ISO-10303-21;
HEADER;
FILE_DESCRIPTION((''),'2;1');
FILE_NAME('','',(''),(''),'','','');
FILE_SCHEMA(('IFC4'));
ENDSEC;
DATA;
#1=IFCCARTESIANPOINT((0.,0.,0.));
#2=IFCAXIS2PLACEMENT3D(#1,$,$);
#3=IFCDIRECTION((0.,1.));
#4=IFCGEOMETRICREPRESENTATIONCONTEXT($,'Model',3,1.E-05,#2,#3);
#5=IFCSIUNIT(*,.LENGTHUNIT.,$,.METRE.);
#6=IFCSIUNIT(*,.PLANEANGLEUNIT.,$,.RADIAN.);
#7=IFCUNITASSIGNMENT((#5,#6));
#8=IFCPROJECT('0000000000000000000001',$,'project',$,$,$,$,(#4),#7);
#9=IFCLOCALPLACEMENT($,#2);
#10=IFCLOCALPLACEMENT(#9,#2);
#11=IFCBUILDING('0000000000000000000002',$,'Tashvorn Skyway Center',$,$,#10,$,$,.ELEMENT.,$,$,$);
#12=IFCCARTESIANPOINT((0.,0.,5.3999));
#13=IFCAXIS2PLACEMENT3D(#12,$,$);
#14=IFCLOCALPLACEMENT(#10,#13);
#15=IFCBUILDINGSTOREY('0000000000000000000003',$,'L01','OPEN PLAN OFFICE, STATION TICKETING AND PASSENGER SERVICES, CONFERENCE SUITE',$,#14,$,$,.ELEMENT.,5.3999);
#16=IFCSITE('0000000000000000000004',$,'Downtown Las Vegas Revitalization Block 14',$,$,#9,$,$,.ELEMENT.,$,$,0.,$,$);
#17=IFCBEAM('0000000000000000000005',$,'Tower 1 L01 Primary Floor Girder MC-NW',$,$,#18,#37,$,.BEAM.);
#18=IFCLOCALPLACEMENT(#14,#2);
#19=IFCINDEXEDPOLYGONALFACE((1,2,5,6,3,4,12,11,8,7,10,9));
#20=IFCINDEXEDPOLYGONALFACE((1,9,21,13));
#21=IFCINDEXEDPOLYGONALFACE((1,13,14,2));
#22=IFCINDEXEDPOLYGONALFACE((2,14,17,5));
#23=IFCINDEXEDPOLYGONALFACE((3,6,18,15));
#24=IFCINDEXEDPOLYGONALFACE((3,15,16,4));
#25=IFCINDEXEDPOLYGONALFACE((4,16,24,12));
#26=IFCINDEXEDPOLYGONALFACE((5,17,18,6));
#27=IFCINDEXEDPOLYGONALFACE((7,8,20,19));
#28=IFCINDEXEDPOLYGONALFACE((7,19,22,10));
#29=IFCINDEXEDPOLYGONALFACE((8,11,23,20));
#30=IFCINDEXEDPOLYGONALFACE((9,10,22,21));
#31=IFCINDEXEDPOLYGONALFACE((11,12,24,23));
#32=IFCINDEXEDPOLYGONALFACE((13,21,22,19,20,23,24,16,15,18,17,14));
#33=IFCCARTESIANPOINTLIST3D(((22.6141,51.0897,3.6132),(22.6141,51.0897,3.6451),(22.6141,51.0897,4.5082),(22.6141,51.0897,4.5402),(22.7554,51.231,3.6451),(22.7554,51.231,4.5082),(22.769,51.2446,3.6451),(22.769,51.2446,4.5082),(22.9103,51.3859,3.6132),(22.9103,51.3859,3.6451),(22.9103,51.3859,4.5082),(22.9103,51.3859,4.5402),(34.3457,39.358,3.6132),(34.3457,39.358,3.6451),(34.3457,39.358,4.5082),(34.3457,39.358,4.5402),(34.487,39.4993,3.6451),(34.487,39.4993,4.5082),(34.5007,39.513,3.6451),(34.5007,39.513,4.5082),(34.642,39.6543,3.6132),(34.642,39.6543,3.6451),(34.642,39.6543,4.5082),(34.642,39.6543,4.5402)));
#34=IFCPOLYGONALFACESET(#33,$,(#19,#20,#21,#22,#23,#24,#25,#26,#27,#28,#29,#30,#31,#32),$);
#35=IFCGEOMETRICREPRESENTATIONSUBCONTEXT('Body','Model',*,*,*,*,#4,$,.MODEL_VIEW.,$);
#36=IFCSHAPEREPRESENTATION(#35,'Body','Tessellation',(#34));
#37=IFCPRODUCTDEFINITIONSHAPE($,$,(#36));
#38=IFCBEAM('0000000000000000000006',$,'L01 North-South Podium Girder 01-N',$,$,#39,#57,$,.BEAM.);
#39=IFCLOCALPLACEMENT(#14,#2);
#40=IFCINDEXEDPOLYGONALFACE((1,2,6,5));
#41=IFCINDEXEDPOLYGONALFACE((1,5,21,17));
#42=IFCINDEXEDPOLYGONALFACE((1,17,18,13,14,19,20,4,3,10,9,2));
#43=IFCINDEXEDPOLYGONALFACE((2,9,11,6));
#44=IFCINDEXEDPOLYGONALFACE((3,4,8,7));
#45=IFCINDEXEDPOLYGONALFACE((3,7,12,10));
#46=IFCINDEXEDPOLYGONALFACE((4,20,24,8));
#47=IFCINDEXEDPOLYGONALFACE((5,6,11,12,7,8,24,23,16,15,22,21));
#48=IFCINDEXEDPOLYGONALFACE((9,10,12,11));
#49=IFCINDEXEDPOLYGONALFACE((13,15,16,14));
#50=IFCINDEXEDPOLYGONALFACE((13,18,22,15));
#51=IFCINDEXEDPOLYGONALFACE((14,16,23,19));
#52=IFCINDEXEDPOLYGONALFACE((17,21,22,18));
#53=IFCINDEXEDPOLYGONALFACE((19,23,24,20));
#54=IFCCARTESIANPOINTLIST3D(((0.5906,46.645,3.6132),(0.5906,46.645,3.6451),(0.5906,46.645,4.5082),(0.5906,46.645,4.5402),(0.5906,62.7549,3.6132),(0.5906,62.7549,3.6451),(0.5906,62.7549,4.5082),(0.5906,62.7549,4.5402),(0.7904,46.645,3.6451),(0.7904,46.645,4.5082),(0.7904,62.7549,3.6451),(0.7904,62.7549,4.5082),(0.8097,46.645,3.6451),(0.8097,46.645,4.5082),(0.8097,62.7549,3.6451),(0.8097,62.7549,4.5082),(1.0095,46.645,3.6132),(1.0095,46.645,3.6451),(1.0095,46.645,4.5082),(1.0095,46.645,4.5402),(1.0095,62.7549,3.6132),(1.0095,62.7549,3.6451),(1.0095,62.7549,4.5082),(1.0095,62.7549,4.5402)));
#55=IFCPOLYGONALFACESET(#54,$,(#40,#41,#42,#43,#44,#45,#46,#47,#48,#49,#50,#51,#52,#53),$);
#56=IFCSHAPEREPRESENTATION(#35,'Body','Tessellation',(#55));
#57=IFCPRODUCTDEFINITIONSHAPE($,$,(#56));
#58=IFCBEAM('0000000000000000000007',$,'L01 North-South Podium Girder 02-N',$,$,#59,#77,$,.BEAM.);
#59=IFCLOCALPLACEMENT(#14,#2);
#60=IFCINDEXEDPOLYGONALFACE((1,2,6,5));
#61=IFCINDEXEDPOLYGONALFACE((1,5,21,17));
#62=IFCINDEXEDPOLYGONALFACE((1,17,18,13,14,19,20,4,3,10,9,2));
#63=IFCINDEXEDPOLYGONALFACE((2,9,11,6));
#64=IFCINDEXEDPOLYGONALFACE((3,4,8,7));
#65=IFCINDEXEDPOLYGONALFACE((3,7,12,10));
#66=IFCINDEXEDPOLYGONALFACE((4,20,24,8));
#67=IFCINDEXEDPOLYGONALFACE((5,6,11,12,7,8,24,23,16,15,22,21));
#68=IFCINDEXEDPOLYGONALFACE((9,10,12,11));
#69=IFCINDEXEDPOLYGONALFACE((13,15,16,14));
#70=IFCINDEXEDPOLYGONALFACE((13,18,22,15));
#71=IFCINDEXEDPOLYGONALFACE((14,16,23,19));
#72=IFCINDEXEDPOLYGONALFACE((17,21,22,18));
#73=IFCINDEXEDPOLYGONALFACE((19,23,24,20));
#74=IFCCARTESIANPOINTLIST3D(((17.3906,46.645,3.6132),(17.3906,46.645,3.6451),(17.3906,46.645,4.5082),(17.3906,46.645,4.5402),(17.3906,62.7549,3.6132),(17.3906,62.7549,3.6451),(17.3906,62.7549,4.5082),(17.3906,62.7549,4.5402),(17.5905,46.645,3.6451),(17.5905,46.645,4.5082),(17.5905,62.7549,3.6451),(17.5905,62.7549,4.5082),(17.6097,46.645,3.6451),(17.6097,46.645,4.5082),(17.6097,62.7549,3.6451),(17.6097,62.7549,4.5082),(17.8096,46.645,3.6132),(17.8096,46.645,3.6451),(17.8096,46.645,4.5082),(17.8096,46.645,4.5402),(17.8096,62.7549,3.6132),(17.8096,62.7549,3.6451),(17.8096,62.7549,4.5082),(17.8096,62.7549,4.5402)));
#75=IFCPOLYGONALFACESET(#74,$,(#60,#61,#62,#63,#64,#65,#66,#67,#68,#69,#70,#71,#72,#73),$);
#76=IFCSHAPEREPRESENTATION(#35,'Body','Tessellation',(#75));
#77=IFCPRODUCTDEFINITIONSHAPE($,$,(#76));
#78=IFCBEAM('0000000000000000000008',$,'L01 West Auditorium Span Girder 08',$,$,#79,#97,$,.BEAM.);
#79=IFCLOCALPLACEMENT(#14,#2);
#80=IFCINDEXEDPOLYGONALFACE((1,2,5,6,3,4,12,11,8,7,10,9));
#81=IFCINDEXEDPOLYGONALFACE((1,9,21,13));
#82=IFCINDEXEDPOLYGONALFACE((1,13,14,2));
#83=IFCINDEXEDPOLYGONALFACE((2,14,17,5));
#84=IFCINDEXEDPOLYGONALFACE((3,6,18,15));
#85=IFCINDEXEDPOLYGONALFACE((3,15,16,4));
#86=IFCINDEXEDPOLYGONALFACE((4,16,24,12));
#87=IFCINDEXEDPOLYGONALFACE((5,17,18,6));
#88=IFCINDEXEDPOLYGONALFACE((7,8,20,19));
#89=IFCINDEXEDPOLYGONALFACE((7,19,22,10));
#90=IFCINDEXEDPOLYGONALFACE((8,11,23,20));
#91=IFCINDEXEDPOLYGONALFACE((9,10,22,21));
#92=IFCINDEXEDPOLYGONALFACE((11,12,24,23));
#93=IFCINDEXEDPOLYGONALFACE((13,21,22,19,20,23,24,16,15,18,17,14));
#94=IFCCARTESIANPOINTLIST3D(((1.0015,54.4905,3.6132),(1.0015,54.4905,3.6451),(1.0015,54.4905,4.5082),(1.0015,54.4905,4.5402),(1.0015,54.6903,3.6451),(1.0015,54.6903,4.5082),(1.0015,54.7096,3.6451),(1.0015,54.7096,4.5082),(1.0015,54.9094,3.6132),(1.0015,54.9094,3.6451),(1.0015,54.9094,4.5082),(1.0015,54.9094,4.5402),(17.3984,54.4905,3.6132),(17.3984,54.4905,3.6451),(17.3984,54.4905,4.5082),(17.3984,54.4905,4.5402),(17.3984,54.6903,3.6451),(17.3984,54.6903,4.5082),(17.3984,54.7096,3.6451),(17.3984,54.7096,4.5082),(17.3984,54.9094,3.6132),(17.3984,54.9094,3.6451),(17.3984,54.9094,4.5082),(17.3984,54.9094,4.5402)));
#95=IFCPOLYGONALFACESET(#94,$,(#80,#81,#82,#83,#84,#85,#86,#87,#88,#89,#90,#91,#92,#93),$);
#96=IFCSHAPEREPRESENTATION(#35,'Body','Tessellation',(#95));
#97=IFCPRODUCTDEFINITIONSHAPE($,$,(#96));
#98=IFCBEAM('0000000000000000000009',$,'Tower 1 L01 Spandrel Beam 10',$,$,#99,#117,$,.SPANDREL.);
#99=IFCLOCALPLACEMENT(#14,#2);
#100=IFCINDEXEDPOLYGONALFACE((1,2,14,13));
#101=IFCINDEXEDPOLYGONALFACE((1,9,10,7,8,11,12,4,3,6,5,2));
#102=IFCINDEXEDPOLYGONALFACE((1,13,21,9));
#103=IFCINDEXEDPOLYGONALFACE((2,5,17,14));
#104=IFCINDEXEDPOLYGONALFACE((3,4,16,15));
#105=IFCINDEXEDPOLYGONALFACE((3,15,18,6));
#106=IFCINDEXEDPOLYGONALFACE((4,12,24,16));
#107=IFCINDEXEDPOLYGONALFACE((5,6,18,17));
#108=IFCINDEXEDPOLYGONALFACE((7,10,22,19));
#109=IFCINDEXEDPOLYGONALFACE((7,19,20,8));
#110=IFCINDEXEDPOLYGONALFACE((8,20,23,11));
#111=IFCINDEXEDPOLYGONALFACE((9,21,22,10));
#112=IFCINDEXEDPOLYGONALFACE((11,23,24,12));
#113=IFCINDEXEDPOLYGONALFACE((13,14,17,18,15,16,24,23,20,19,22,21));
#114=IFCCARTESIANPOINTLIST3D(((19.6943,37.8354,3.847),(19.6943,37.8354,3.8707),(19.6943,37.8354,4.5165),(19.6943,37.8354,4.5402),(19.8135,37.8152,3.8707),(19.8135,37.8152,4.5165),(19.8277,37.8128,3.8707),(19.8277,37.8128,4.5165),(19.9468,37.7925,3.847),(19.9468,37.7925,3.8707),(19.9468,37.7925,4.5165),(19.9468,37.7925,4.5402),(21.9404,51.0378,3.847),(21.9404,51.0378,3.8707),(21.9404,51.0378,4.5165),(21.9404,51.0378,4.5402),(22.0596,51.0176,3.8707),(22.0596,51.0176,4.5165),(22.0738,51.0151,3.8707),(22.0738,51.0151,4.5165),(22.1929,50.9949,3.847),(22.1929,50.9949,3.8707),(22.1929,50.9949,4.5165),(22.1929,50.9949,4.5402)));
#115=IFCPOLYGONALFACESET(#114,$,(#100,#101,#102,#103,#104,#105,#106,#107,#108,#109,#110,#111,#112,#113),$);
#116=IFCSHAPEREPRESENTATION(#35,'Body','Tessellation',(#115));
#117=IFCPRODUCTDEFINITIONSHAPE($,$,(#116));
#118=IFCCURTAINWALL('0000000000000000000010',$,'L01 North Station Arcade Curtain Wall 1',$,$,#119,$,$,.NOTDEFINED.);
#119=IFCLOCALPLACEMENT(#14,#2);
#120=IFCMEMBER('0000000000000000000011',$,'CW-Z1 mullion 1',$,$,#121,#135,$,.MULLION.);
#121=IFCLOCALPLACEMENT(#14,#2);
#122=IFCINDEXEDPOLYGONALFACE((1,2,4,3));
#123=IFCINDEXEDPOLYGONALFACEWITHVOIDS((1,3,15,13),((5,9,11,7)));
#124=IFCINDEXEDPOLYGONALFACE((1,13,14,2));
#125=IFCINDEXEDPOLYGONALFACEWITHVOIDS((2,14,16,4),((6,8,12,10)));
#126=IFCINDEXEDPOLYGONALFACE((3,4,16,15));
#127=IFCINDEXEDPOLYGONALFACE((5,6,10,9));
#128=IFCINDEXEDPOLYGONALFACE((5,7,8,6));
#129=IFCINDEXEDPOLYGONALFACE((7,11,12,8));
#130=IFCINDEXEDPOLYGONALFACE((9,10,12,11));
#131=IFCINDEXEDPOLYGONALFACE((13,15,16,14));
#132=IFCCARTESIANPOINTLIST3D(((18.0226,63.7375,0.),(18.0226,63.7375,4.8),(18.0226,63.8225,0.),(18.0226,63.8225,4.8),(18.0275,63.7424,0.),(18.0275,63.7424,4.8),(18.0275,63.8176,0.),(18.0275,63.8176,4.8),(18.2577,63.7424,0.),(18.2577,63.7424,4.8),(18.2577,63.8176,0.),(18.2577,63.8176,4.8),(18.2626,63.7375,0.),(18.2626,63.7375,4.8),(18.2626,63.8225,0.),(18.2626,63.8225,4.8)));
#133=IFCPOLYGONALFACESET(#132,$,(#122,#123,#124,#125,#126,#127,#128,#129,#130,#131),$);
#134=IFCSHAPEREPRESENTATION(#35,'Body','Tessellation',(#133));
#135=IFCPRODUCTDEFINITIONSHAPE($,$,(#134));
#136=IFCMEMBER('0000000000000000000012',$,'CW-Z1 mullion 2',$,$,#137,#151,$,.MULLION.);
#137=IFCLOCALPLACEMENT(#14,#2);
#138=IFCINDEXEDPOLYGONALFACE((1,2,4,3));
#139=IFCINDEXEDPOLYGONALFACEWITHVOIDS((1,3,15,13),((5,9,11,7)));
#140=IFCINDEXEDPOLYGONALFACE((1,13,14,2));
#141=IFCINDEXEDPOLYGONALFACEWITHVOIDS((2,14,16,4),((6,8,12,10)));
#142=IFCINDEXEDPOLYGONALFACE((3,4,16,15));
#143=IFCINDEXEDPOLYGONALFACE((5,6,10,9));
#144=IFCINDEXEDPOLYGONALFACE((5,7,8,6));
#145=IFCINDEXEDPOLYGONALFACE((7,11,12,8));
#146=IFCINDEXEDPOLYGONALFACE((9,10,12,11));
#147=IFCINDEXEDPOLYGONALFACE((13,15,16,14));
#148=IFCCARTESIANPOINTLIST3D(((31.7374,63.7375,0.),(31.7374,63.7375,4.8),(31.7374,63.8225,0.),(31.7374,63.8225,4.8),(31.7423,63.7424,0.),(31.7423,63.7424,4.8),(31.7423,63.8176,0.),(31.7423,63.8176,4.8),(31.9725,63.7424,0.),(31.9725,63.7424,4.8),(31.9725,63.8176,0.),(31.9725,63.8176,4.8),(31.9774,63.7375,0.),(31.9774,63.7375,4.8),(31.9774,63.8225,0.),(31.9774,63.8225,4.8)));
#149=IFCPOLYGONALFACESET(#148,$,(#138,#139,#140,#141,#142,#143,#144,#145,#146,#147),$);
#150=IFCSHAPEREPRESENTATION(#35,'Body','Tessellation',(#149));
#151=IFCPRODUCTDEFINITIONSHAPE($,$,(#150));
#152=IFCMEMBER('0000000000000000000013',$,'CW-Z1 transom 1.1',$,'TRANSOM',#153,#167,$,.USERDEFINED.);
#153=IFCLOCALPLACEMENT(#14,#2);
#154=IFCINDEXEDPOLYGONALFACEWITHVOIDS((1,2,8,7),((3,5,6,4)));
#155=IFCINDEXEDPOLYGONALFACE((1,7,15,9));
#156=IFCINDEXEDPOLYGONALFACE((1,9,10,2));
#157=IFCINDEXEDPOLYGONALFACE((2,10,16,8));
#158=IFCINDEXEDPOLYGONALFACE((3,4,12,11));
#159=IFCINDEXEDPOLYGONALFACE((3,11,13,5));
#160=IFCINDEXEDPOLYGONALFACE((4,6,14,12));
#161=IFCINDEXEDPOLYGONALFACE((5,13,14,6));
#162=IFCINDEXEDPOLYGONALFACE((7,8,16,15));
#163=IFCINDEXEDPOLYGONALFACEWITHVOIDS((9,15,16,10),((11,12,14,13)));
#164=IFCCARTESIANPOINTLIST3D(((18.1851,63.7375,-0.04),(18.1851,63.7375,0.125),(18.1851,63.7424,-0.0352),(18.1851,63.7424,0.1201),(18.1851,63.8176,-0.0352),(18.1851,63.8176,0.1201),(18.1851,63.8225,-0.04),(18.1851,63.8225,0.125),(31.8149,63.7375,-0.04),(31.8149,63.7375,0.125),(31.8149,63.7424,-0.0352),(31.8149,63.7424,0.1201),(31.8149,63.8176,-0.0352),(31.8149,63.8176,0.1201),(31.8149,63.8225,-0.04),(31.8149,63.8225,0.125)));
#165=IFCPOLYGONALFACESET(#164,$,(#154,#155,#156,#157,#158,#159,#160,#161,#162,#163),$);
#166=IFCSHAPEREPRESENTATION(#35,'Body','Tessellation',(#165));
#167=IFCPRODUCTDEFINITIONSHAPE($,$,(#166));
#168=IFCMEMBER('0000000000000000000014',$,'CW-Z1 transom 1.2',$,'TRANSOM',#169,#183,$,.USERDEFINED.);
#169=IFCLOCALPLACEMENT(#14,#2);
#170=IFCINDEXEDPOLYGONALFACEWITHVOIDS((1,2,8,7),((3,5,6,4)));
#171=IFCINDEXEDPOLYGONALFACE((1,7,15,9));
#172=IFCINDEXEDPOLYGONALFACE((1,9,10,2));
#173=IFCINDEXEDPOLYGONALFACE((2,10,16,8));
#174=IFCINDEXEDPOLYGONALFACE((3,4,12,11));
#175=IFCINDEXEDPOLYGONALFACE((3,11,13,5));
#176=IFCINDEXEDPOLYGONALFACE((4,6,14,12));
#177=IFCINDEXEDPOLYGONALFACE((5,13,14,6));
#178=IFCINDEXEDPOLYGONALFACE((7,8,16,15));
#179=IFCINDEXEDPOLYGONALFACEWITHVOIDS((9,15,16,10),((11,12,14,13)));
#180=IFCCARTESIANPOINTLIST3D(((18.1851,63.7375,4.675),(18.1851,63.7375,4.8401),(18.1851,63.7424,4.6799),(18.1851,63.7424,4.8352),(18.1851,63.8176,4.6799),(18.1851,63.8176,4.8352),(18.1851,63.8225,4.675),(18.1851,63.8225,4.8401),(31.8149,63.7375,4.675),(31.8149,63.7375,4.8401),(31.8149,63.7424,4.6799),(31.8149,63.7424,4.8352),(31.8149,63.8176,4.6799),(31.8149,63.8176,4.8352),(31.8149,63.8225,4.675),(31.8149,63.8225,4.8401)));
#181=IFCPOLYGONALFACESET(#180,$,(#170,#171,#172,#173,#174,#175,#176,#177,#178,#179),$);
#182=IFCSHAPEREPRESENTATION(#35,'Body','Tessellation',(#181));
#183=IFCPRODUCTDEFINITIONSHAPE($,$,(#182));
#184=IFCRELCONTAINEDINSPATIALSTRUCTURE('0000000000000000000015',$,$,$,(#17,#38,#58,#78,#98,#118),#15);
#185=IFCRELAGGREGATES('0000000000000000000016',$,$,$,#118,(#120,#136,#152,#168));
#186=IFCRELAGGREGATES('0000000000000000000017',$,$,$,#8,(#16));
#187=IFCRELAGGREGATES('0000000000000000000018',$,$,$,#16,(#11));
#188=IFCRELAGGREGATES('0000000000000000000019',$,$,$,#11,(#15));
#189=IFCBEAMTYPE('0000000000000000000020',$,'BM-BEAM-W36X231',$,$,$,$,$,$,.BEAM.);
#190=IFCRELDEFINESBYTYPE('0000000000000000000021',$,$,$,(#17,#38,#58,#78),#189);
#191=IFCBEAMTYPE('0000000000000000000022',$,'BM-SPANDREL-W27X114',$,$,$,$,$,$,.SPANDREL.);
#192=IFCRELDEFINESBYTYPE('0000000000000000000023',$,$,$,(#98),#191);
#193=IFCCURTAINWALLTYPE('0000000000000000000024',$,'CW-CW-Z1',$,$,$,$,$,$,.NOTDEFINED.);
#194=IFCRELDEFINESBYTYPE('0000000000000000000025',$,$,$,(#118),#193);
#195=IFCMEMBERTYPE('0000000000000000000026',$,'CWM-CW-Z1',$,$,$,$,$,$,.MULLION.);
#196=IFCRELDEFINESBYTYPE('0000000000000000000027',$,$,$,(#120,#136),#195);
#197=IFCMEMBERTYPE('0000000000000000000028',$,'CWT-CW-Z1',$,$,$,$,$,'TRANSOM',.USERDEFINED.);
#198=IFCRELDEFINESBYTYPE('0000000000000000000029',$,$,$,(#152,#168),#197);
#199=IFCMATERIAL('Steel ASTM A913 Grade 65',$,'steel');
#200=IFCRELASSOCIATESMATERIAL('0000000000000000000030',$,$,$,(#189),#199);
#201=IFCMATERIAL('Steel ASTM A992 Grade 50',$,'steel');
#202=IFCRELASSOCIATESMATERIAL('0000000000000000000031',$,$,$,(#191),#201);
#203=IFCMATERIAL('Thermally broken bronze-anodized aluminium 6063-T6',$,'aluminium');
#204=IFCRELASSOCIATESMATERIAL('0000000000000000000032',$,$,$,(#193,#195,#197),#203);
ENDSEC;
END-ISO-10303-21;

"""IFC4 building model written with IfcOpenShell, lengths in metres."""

from ifc_helpers import new_model, si_unit, direction, frame, origin, origin_2d, place, context, subcontext, project, spatial, hollow_rectangle, i_section, extrude, material, material_profile, profile_set, type_object, element, aggregate, save


model = new_model("IFC4")

# Units and contexts
model_context = context("Model", 3, precision=1e-05, world=origin(), true_north=direction((0.0, 1.0)))
body_context = subcontext(model_context, "Body", "Model", "MODEL_VIEW")
ifc_project = project(units=[si_unit("LENGTHUNIT", "METRE"), si_unit("PLANEANGLEUNIT", "RADIAN")], contexts=[model_context])

# Site, building, storey
site_placement = place(None, origin())
site = spatial("IfcSite", under=ifc_project, at=site_placement, Name="Downtown Las Vegas Revitalization Block 14", CompositionType="ELEMENT", RefElevation=0.0)
building_placement = place(site_placement, origin())
building = spatial("IfcBuilding", under=site, at=building_placement, Name="Tashvorn Skyway Center", CompositionType="ELEMENT")
storey_placement = place(building_placement, frame((0.0, 0.0, 5.3999)))
storey = spatial("IfcBuildingStorey", under=building, at=storey_placement, Name="L01", Description="OPEN PLAN OFFICE, STATION TICKETING AND PASSENGER SERVICES, CONFERENCE SUITE", CompositionType="ELEMENT", Elevation=5.3999)

# Beams
ifc_material_1 = material(Name="Steel ASTM A992 Grade 50", Category="steel")
ifc_material_2 = material(Name="Steel ASTM A913 Grade 65", Category="steel")
ifc_material_profile_1 = material_profile(ifc_material_2, i_section(OverallWidth=0.4189, OverallDepth=0.927, WebThickness=0.0193, FlangeThickness=0.032, at=origin_2d()), Name="W36X231")
ifc_profile_set_1 = profile_set([ifc_material_profile_1], Name="Steel ASTM A913 Grade 65")
beam_type_1 = type_object("IfcBeamType", Name="BM-BEAM-W36X231", PredefinedType="BEAM", material=ifc_profile_set_1)
beam_1_placement = place(storey_placement, frame((22.7622, 51.2378, 4.0767), z_axis=(0.707107, -0.707107, 0.0), x_axis=(0.707107, 0.707107, 0.0)))
element("IfcBeam", 1, at=beam_1_placement, inside=storey, type_object=beam_type_1, Name="Tower 1 L01 Primary Floor Girder MC-NW", PredefinedType="BEAM", context=body_context, shape_type="SweptSolid", body=[
    extrude(i_section(OverallWidth=0.4189, OverallDepth=0.927, WebThickness=0.0193, FlangeThickness=0.032, at=origin_2d()), origin(), (0.0, 0.0, 1.0), 16.5911),
])
for number, where, z_axis, x_axis, name in (
    (2, (0.8, 46.645, 4.0767), (0.0, 1.0, 0.0), (-1.0, 0.0, 0.0), "L01 North-South Podium Girder 01-N"),
    (3, (17.6001, 46.645, 4.0767), (0.0, 1.0, 0.0), (-1.0, 0.0, 0.0), "L01 North-South Podium Girder 02-N"),
):
    element("IfcBeam", number, at=place(storey_placement, frame(where, z_axis=z_axis, x_axis=x_axis)), inside=storey, type_object=beam_type_1, Name=name, PredefinedType="BEAM", context=body_context, shape_type="SweptSolid", body=[
        extrude(i_section(OverallWidth=0.4189, OverallDepth=0.927, WebThickness=0.0193, FlangeThickness=0.032, at=origin_2d()), origin(), (0.0, 0.0, 1.0), 16.1099),
    ])
beam_2_placement = place(storey_placement, frame((1.0015, 54.7, 4.0767), z_axis=(1.0, 0.0, 0.0), x_axis=(0.0, 1.0, 0.0)))
element("IfcBeam", 4, at=beam_2_placement, inside=storey, type_object=beam_type_1, Name="L01 West Auditorium Span Girder 08", PredefinedType="BEAM", context=body_context, shape_type="SweptSolid", body=[
    extrude(i_section(OverallWidth=0.4189, OverallDepth=0.927, WebThickness=0.0193, FlangeThickness=0.032, at=origin_2d()), origin(), (0.0, 0.0, 1.0), 16.397),
])
ifc_material_profile_2 = material_profile(ifc_material_1, i_section(OverallWidth=0.2561, OverallDepth=0.6931, WebThickness=0.0144, FlangeThickness=0.0237, at=origin_2d()), Name="W27X114")
ifc_profile_set_2 = profile_set([ifc_material_profile_2], Name="Steel ASTM A992 Grade 50")
beam_type_2 = type_object("IfcBeamType", Name="BM-SPANDREL-W27X114", PredefinedType="SPANDREL", material=ifc_profile_set_2)
beam_3_placement = place(storey_placement, frame((22.0667, 51.0164, 4.1936), z_axis=(-0.167718, -0.985835, 0.0), x_axis=(0.985835, -0.167718, 0.0)))
element("IfcBeam", 5, at=beam_3_placement, inside=storey, type_object=beam_type_2, Name="Tower 1 L01 Spandrel Beam 10", PredefinedType="SPANDREL", context=body_context, shape_type="SweptSolid", body=[
    extrude(i_section(OverallWidth=0.2561, OverallDepth=0.6931, WebThickness=0.0144, FlangeThickness=0.0237, at=origin_2d()), origin(), (0.0, 0.0, 1.0), 13.3921),
])

# Curtain wall, members
ifc_material_3 = material(Name="Thermally broken bronze-anodized aluminium 6063-T6", Category="aluminium")
curtain_wall_type = type_object("IfcCurtainWallType", Name="CW-CW-Z1", PredefinedType="NOTDEFINED", material=ifc_material_3)
curtain_wall_placement = place(storey_placement, origin())
curtain_wall = element("IfcCurtainWall", 6, at=curtain_wall_placement, inside=storey, type_object=curtain_wall_type, Name="L01 North Station Arcade Curtain Wall 1", PredefinedType="NOTDEFINED")
ifc_material_profile_3 = material_profile(ifc_material_3, hollow_rectangle(XDim=0.085, YDim=0.24, WallThickness=0.0049, at=origin_2d()), Name="ALU-MULL-85x240")
ifc_profile_set_3 = profile_set([ifc_material_profile_3], Name="Thermally broken bronze-anodized aluminium 6063-T6")
member_type_1 = type_object("IfcMemberType", Name="CWM-CW-Z1", PredefinedType="MULLION", material=ifc_profile_set_3)
member_1_placement = place(storey_placement, frame((18.1426, 63.78, 0.0), z_axis=(0.0, 0.0, 1.0), x_axis=(0.0, 1.0, 0.0)))
member_1 = element("IfcMember", 7, at=member_1_placement, type_object=member_type_1, Name="CW-Z1 mullion 1", PredefinedType="MULLION", context=body_context, shape_type="SweptSolid", body=[
    extrude(hollow_rectangle(XDim=0.085, YDim=0.24, WallThickness=0.0049, at=origin_2d()), origin(), (0.0, 0.0, 1.0), 4.8),
])
member_2_placement = place(storey_placement, frame((31.8574, 63.78, 0.0), z_axis=(0.0, 0.0, 1.0), x_axis=(0.0, 1.0, 0.0)))
member_2 = element("IfcMember", 8, at=member_2_placement, type_object=member_type_1, Name="CW-Z1 mullion 2", PredefinedType="MULLION", context=body_context, shape_type="SweptSolid", body=[
    extrude(hollow_rectangle(XDim=0.085, YDim=0.24, WallThickness=0.0049, at=origin_2d()), origin(), (0.0, 0.0, 1.0), 4.8),
])
ifc_material_profile_4 = material_profile(ifc_material_3, hollow_rectangle(XDim=0.085, YDim=0.165, WallThickness=0.0049, at=origin_2d()), Name="ALU-TRAN-85x165")
ifc_profile_set_4 = profile_set([ifc_material_profile_4], Name="Thermally broken bronze-anodized aluminium 6063-T6")
member_type_2 = type_object("IfcMemberType", Name="CWT-CW-Z1", ElementType="TRANSOM", PredefinedType="USERDEFINED", material=ifc_profile_set_4)
member_3_placement = place(storey_placement, frame((18.1851, 63.78, 0.0425), z_axis=(1.0, 0.0, 0.0), x_axis=(0.0, 1.0, 0.0)))
member_3 = element("IfcMember", 9, at=member_3_placement, type_object=member_type_2, Name="CW-Z1 transom 1.1", ObjectType="TRANSOM", PredefinedType="USERDEFINED", context=body_context, shape_type="SweptSolid", body=[
    extrude(hollow_rectangle(XDim=0.085, YDim=0.165, WallThickness=0.0049, at=origin_2d()), origin(), (0.0, 0.0, 1.0), 13.6299),
])
member_4_placement = place(storey_placement, frame((18.1851, 63.78, 4.7576), z_axis=(1.0, 0.0, 0.0), x_axis=(0.0, 1.0, 0.0)))
member_4 = element("IfcMember", 10, at=member_4_placement, type_object=member_type_2, Name="CW-Z1 transom 1.2", ObjectType="TRANSOM", PredefinedType="USERDEFINED", context=body_context, shape_type="SweptSolid", body=[
    extrude(hollow_rectangle(XDim=0.085, YDim=0.165, WallThickness=0.0049, at=origin_2d()), origin(), (0.0, 0.0, 1.0), 13.6299),
])
aggregate(curtain_wall, [member_1, member_2, member_3, member_4])

save(model, "model.ifc")
